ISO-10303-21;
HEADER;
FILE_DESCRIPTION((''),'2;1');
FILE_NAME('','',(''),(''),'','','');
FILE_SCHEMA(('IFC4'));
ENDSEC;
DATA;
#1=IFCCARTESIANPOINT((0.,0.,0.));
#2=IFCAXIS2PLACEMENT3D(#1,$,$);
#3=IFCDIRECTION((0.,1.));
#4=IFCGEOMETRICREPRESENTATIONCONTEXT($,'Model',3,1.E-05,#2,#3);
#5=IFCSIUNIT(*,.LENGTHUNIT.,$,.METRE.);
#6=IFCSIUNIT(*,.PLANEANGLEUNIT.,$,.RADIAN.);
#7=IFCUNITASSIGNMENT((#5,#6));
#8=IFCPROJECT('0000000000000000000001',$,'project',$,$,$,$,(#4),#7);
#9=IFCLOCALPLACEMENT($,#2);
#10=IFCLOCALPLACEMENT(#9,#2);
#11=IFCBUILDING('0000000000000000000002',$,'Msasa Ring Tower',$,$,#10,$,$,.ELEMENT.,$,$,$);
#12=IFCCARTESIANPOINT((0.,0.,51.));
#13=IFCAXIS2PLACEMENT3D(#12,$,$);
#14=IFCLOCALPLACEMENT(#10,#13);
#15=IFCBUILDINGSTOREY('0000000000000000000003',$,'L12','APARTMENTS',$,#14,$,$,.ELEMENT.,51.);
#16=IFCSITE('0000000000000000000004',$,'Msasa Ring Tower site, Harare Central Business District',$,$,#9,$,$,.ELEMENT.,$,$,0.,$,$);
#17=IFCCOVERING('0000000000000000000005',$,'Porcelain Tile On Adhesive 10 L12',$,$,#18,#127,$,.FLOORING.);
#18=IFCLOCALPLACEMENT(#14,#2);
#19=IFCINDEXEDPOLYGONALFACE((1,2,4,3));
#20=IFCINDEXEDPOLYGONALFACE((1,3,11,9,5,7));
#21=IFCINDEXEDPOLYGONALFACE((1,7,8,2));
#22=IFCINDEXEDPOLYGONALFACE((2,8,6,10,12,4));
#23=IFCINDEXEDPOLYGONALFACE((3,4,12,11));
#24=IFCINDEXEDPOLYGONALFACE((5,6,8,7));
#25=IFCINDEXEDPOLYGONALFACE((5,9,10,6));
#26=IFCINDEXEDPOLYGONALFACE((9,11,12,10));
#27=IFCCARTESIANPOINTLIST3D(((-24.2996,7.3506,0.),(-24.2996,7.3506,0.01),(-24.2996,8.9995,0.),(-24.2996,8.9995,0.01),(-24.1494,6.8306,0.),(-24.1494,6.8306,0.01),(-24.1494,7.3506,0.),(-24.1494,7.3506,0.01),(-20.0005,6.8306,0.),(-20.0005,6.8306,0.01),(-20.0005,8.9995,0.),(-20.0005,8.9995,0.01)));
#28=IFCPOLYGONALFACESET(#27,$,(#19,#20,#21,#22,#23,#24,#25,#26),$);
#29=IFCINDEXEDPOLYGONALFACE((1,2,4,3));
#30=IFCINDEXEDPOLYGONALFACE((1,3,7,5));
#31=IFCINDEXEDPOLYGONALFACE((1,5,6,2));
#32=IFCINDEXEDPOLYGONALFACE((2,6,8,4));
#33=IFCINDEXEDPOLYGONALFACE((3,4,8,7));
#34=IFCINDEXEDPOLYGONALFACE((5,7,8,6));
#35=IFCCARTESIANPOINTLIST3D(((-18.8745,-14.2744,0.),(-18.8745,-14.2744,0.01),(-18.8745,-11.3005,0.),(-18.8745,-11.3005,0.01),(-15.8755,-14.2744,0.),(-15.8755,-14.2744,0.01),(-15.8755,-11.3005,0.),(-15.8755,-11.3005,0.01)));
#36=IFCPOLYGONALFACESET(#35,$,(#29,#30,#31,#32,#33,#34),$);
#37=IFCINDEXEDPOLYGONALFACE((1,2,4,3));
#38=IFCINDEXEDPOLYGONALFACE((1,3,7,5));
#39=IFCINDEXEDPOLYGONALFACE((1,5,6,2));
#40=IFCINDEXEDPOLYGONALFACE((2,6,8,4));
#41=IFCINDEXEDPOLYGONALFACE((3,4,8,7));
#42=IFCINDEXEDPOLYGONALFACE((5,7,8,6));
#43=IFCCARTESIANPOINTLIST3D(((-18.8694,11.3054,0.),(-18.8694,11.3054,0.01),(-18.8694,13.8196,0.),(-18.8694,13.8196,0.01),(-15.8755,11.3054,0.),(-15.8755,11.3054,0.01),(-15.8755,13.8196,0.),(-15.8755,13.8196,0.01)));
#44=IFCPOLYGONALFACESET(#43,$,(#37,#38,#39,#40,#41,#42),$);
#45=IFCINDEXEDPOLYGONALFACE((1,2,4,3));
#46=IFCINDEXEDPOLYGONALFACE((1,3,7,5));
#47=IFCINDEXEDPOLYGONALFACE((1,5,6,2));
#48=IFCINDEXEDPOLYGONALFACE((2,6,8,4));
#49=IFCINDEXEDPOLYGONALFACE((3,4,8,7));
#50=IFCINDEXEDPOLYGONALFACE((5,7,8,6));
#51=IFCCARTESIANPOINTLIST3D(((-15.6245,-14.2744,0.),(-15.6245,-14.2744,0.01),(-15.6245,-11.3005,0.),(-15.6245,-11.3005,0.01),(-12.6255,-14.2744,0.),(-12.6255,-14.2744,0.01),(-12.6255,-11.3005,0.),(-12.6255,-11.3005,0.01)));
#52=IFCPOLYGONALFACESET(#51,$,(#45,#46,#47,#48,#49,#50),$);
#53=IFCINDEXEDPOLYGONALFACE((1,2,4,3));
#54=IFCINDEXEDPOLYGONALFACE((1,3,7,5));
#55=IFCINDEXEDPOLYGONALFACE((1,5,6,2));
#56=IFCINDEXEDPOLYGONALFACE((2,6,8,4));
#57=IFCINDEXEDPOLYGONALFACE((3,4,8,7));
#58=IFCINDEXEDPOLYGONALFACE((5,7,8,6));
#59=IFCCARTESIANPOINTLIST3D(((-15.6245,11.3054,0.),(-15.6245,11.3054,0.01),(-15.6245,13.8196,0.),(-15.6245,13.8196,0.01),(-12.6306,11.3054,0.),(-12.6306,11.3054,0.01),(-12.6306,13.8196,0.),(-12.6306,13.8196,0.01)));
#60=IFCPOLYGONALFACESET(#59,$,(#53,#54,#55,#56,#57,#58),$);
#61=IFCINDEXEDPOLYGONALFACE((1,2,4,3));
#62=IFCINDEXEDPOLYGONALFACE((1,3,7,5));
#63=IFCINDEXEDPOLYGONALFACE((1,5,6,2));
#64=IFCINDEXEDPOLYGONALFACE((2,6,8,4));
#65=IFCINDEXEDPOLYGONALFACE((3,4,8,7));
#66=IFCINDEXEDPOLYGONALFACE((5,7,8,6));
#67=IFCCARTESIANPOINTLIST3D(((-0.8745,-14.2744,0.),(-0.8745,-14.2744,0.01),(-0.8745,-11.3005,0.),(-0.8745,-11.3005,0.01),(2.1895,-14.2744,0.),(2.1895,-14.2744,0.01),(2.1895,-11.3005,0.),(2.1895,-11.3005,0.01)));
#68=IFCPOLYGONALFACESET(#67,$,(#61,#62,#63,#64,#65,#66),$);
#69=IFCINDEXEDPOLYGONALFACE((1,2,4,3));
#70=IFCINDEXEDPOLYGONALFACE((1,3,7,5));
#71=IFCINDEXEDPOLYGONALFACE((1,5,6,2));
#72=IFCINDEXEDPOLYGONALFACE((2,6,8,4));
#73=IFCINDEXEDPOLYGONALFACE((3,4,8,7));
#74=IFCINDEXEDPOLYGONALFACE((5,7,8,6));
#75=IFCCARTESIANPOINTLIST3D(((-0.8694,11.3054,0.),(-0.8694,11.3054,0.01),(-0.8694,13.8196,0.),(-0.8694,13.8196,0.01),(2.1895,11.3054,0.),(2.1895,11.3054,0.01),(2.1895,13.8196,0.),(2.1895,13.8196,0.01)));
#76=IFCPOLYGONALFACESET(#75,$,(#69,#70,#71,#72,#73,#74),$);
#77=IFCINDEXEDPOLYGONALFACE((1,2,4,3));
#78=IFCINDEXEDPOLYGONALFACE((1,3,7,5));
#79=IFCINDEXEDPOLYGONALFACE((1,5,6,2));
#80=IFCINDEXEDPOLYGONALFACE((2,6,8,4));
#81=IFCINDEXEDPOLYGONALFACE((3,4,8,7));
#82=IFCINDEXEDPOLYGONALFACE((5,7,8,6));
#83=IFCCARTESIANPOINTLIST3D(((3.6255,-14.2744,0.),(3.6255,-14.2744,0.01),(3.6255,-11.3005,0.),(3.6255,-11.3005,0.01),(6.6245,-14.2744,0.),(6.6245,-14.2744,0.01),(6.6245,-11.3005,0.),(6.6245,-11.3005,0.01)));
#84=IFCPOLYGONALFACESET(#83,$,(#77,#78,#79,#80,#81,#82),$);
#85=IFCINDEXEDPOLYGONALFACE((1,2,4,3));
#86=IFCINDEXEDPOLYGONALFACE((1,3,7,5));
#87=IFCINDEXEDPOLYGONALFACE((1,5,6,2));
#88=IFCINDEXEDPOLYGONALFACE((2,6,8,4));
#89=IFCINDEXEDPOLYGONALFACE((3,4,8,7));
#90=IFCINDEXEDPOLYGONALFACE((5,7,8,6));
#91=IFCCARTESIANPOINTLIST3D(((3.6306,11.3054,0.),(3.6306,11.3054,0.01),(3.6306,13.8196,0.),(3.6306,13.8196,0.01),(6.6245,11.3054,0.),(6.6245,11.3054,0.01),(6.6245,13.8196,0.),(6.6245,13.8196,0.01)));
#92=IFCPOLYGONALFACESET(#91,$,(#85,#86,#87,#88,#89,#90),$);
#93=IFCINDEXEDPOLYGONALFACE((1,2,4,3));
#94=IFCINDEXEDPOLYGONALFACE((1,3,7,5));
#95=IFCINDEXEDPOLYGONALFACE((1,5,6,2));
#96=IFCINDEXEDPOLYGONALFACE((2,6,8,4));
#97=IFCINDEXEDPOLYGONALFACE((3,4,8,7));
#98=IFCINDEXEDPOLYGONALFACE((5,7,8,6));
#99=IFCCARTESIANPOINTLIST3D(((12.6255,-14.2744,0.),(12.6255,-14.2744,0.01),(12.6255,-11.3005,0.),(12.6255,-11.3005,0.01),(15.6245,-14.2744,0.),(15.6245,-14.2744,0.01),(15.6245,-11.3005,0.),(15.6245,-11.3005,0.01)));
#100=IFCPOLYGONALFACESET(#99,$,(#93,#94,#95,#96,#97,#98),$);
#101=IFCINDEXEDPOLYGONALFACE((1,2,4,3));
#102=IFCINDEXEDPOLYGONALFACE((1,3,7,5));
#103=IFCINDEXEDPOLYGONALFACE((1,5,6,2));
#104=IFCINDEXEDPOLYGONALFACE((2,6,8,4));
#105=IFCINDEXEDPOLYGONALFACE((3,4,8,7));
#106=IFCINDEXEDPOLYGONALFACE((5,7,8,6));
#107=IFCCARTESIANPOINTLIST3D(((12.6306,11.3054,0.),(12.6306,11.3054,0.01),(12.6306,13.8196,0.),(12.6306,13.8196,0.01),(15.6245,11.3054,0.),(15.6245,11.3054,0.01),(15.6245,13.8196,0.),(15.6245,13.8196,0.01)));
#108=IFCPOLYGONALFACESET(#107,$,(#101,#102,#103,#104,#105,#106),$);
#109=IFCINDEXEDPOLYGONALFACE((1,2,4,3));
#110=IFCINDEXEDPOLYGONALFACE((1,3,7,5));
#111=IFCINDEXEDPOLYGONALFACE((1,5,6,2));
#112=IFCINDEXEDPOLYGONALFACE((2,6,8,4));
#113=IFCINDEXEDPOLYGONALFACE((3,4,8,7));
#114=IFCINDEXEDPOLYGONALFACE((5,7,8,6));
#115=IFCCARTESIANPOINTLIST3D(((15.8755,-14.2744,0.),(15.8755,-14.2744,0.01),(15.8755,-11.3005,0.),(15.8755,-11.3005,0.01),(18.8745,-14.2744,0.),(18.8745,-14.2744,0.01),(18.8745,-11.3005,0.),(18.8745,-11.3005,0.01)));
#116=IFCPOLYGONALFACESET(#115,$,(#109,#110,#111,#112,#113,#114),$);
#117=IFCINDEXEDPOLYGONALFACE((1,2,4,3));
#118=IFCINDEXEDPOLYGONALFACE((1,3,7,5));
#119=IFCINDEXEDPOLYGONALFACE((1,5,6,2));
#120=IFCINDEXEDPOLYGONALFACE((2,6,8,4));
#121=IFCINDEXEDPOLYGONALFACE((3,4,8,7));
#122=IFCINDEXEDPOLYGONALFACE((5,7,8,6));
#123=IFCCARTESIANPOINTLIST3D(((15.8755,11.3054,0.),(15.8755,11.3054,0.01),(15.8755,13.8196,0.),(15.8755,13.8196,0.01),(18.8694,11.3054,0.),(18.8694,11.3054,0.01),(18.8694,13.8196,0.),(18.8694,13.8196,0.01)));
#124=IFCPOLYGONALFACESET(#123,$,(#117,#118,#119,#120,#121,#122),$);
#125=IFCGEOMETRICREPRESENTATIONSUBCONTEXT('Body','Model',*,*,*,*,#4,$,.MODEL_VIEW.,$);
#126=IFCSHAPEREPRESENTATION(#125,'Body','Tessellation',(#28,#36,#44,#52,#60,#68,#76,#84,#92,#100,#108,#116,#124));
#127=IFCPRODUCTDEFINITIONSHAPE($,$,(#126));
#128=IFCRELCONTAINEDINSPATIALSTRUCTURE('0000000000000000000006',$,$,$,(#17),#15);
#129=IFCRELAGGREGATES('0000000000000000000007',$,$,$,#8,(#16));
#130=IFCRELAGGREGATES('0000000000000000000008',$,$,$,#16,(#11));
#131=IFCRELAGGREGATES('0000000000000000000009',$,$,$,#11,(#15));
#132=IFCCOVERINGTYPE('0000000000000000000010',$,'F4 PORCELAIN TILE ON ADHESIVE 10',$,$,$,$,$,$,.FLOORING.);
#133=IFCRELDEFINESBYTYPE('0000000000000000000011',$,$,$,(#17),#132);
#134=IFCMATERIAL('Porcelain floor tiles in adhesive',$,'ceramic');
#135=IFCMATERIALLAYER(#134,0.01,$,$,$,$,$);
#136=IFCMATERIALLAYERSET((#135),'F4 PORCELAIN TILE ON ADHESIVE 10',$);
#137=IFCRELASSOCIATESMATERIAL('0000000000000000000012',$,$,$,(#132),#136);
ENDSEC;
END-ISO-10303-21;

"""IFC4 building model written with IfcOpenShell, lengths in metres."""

from ifc_helpers import new_model, si_unit, direction, frame, origin, place, context, subcontext, project, spatial, line, indexed_curve, outline, extrude, material, layer, layer_set, type_object, element, save


model = new_model("IFC4")

# Units and contexts
model_context = context("Model", 3, precision=1e-05, world=origin(), true_north=direction((0.0, 1.0)))
body_context = subcontext(model_context, "Body", "Model", "MODEL_VIEW")
ifc_project = project(units=[si_unit("LENGTHUNIT", "METRE"), si_unit("PLANEANGLEUNIT", "RADIAN")], contexts=[model_context])

# Site, building, storey
site_placement = place(None, origin())
site = spatial("IfcSite", under=ifc_project, at=site_placement, Name="Msasa Ring Tower site, Harare Central Business District", CompositionType="ELEMENT", RefElevation=0.0)
building_placement = place(site_placement, origin())
building = spatial("IfcBuilding", under=site, at=building_placement, Name="Msasa Ring Tower", CompositionType="ELEMENT")
storey_placement = place(building_placement, frame((0.0, 0.0, 51.0)))
storey = spatial("IfcBuildingStorey", under=building, at=storey_placement, Name="L12", Description="APARTMENTS", CompositionType="ELEMENT", Elevation=51.0)

# Covering
ifc_material_1 = material(Name="Porcelain floor tiles in adhesive", Category="ceramic")
ifc_layer_1 = layer(ifc_material_1, 0.01)
ifc_layer_set_1 = layer_set([ifc_layer_1], Name="F4 PORCELAIN TILE ON ADHESIVE 10")
covering_type_1 = type_object("IfcCoveringType", Name="F4 PORCELAIN TILE ON ADHESIVE 10", PredefinedType="FLOORING", material=ifc_layer_set_1)
covering_1_placement = place(storey_placement, origin())
element("IfcCovering", 1, at=covering_1_placement, inside=storey, type_object=covering_type_1, Name="Porcelain Tile On Adhesive 10 L12", PredefinedType="FLOORING", context=body_context, shape_type="SweptSolid", body=[
    extrude(outline(indexed_curve([(-20.0005, 6.8306), (-24.1494, 6.8306), (-24.1494, 7.3506), (-24.2996, 7.3506), (-24.2996, 8.9995), (-20.0005, 8.9995)], segments=[line(1, 2, 3, 4, 5, 6, 1)], self_intersect=False)), origin(), (0.0, 0.0, 1.0), 0.01),
    extrude(outline(indexed_curve([(-15.8755, -11.3005), (-15.8755, -14.2744), (-18.8745, -14.2744), (-18.8745, -11.3005)], segments=[line(1, 2, 3, 4, 1)], self_intersect=False)), origin(), (0.0, 0.0, 1.0), 0.01),
    extrude(outline(indexed_curve([(-15.8755, 13.8196), (-15.8755, 11.3054), (-18.8694, 11.3054), (-18.8694, 13.8196)], segments=[line(1, 2, 3, 4, 1)], self_intersect=False)), origin(), (0.0, 0.0, 1.0), 0.01),
    extrude(outline(indexed_curve([(-12.6255, -11.3005), (-12.6255, -14.2744), (-15.6245, -14.2744), (-15.6245, -11.3005)], segments=[line(1, 2, 3, 4, 1)], self_intersect=False)), origin(), (0.0, 0.0, 1.0), 0.01),
    extrude(outline(indexed_curve([(-12.6306, 13.8196), (-12.6306, 11.3054), (-15.6245, 11.3054), (-15.6245, 13.8196)], segments=[line(1, 2, 3, 4, 1)], self_intersect=False)), origin(), (0.0, 0.0, 1.0), 0.01),
    extrude(outline(indexed_curve([(2.1895, -11.3005), (2.1895, -14.2744), (-0.8745, -14.2744), (-0.8745, -11.3005)], segments=[line(1, 2, 3, 4, 1)], self_intersect=False)), origin(), (0.0, 0.0, 1.0), 0.01),
    extrude(outline(indexed_curve([(-0.8694, 13.8196), (2.1895, 13.8196), (2.1895, 11.3054), (-0.8694, 11.3054)], segments=[line(1, 2, 3, 4, 1)], self_intersect=False)), origin(), (0.0, 0.0, 1.0), 0.01),
    extrude(outline(indexed_curve([(6.6245, -11.3005), (6.6245, -14.2744), (3.6255, -14.2744), (3.6255, -11.3005)], segments=[line(1, 2, 3, 4, 1)], self_intersect=False)), origin(), (0.0, 0.0, 1.0), 0.01),
    extrude(outline(indexed_curve([(6.6245, 13.8196), (6.6245, 11.3054), (3.6306, 11.3054), (3.6306, 13.8196)], segments=[line(1, 2, 3, 4, 1)], self_intersect=False)), origin(), (0.0, 0.0, 1.0), 0.01),
    extrude(outline(indexed_curve([(15.6245, -11.3005), (15.6245, -14.2744), (12.6255, -14.2744), (12.6255, -11.3005)], segments=[line(1, 2, 3, 4, 1)], self_intersect=False)), origin(), (0.0, 0.0, 1.0), 0.01),
    extrude(outline(indexed_curve([(15.6245, 13.8196), (15.6245, 11.3054), (12.6306, 11.3054), (12.6306, 13.8196)], segments=[line(1, 2, 3, 4, 1)], self_intersect=False)), origin(), (0.0, 0.0, 1.0), 0.01),
    extrude(outline(indexed_curve([(18.8745, -11.3005), (18.8745, -14.2744), (15.8755, -14.2744), (15.8755, -11.3005)], segments=[line(1, 2, 3, 4, 1)], self_intersect=False)), origin(), (0.0, 0.0, 1.0), 0.01),
    extrude(outline(indexed_curve([(18.8694, 13.8196), (18.8694, 11.3054), (15.8755, 11.3054), (15.8755, 13.8196)], segments=[line(1, 2, 3, 4, 1)], self_intersect=False)), origin(), (0.0, 0.0, 1.0), 0.01),
])

save(model, "model.ifc")
